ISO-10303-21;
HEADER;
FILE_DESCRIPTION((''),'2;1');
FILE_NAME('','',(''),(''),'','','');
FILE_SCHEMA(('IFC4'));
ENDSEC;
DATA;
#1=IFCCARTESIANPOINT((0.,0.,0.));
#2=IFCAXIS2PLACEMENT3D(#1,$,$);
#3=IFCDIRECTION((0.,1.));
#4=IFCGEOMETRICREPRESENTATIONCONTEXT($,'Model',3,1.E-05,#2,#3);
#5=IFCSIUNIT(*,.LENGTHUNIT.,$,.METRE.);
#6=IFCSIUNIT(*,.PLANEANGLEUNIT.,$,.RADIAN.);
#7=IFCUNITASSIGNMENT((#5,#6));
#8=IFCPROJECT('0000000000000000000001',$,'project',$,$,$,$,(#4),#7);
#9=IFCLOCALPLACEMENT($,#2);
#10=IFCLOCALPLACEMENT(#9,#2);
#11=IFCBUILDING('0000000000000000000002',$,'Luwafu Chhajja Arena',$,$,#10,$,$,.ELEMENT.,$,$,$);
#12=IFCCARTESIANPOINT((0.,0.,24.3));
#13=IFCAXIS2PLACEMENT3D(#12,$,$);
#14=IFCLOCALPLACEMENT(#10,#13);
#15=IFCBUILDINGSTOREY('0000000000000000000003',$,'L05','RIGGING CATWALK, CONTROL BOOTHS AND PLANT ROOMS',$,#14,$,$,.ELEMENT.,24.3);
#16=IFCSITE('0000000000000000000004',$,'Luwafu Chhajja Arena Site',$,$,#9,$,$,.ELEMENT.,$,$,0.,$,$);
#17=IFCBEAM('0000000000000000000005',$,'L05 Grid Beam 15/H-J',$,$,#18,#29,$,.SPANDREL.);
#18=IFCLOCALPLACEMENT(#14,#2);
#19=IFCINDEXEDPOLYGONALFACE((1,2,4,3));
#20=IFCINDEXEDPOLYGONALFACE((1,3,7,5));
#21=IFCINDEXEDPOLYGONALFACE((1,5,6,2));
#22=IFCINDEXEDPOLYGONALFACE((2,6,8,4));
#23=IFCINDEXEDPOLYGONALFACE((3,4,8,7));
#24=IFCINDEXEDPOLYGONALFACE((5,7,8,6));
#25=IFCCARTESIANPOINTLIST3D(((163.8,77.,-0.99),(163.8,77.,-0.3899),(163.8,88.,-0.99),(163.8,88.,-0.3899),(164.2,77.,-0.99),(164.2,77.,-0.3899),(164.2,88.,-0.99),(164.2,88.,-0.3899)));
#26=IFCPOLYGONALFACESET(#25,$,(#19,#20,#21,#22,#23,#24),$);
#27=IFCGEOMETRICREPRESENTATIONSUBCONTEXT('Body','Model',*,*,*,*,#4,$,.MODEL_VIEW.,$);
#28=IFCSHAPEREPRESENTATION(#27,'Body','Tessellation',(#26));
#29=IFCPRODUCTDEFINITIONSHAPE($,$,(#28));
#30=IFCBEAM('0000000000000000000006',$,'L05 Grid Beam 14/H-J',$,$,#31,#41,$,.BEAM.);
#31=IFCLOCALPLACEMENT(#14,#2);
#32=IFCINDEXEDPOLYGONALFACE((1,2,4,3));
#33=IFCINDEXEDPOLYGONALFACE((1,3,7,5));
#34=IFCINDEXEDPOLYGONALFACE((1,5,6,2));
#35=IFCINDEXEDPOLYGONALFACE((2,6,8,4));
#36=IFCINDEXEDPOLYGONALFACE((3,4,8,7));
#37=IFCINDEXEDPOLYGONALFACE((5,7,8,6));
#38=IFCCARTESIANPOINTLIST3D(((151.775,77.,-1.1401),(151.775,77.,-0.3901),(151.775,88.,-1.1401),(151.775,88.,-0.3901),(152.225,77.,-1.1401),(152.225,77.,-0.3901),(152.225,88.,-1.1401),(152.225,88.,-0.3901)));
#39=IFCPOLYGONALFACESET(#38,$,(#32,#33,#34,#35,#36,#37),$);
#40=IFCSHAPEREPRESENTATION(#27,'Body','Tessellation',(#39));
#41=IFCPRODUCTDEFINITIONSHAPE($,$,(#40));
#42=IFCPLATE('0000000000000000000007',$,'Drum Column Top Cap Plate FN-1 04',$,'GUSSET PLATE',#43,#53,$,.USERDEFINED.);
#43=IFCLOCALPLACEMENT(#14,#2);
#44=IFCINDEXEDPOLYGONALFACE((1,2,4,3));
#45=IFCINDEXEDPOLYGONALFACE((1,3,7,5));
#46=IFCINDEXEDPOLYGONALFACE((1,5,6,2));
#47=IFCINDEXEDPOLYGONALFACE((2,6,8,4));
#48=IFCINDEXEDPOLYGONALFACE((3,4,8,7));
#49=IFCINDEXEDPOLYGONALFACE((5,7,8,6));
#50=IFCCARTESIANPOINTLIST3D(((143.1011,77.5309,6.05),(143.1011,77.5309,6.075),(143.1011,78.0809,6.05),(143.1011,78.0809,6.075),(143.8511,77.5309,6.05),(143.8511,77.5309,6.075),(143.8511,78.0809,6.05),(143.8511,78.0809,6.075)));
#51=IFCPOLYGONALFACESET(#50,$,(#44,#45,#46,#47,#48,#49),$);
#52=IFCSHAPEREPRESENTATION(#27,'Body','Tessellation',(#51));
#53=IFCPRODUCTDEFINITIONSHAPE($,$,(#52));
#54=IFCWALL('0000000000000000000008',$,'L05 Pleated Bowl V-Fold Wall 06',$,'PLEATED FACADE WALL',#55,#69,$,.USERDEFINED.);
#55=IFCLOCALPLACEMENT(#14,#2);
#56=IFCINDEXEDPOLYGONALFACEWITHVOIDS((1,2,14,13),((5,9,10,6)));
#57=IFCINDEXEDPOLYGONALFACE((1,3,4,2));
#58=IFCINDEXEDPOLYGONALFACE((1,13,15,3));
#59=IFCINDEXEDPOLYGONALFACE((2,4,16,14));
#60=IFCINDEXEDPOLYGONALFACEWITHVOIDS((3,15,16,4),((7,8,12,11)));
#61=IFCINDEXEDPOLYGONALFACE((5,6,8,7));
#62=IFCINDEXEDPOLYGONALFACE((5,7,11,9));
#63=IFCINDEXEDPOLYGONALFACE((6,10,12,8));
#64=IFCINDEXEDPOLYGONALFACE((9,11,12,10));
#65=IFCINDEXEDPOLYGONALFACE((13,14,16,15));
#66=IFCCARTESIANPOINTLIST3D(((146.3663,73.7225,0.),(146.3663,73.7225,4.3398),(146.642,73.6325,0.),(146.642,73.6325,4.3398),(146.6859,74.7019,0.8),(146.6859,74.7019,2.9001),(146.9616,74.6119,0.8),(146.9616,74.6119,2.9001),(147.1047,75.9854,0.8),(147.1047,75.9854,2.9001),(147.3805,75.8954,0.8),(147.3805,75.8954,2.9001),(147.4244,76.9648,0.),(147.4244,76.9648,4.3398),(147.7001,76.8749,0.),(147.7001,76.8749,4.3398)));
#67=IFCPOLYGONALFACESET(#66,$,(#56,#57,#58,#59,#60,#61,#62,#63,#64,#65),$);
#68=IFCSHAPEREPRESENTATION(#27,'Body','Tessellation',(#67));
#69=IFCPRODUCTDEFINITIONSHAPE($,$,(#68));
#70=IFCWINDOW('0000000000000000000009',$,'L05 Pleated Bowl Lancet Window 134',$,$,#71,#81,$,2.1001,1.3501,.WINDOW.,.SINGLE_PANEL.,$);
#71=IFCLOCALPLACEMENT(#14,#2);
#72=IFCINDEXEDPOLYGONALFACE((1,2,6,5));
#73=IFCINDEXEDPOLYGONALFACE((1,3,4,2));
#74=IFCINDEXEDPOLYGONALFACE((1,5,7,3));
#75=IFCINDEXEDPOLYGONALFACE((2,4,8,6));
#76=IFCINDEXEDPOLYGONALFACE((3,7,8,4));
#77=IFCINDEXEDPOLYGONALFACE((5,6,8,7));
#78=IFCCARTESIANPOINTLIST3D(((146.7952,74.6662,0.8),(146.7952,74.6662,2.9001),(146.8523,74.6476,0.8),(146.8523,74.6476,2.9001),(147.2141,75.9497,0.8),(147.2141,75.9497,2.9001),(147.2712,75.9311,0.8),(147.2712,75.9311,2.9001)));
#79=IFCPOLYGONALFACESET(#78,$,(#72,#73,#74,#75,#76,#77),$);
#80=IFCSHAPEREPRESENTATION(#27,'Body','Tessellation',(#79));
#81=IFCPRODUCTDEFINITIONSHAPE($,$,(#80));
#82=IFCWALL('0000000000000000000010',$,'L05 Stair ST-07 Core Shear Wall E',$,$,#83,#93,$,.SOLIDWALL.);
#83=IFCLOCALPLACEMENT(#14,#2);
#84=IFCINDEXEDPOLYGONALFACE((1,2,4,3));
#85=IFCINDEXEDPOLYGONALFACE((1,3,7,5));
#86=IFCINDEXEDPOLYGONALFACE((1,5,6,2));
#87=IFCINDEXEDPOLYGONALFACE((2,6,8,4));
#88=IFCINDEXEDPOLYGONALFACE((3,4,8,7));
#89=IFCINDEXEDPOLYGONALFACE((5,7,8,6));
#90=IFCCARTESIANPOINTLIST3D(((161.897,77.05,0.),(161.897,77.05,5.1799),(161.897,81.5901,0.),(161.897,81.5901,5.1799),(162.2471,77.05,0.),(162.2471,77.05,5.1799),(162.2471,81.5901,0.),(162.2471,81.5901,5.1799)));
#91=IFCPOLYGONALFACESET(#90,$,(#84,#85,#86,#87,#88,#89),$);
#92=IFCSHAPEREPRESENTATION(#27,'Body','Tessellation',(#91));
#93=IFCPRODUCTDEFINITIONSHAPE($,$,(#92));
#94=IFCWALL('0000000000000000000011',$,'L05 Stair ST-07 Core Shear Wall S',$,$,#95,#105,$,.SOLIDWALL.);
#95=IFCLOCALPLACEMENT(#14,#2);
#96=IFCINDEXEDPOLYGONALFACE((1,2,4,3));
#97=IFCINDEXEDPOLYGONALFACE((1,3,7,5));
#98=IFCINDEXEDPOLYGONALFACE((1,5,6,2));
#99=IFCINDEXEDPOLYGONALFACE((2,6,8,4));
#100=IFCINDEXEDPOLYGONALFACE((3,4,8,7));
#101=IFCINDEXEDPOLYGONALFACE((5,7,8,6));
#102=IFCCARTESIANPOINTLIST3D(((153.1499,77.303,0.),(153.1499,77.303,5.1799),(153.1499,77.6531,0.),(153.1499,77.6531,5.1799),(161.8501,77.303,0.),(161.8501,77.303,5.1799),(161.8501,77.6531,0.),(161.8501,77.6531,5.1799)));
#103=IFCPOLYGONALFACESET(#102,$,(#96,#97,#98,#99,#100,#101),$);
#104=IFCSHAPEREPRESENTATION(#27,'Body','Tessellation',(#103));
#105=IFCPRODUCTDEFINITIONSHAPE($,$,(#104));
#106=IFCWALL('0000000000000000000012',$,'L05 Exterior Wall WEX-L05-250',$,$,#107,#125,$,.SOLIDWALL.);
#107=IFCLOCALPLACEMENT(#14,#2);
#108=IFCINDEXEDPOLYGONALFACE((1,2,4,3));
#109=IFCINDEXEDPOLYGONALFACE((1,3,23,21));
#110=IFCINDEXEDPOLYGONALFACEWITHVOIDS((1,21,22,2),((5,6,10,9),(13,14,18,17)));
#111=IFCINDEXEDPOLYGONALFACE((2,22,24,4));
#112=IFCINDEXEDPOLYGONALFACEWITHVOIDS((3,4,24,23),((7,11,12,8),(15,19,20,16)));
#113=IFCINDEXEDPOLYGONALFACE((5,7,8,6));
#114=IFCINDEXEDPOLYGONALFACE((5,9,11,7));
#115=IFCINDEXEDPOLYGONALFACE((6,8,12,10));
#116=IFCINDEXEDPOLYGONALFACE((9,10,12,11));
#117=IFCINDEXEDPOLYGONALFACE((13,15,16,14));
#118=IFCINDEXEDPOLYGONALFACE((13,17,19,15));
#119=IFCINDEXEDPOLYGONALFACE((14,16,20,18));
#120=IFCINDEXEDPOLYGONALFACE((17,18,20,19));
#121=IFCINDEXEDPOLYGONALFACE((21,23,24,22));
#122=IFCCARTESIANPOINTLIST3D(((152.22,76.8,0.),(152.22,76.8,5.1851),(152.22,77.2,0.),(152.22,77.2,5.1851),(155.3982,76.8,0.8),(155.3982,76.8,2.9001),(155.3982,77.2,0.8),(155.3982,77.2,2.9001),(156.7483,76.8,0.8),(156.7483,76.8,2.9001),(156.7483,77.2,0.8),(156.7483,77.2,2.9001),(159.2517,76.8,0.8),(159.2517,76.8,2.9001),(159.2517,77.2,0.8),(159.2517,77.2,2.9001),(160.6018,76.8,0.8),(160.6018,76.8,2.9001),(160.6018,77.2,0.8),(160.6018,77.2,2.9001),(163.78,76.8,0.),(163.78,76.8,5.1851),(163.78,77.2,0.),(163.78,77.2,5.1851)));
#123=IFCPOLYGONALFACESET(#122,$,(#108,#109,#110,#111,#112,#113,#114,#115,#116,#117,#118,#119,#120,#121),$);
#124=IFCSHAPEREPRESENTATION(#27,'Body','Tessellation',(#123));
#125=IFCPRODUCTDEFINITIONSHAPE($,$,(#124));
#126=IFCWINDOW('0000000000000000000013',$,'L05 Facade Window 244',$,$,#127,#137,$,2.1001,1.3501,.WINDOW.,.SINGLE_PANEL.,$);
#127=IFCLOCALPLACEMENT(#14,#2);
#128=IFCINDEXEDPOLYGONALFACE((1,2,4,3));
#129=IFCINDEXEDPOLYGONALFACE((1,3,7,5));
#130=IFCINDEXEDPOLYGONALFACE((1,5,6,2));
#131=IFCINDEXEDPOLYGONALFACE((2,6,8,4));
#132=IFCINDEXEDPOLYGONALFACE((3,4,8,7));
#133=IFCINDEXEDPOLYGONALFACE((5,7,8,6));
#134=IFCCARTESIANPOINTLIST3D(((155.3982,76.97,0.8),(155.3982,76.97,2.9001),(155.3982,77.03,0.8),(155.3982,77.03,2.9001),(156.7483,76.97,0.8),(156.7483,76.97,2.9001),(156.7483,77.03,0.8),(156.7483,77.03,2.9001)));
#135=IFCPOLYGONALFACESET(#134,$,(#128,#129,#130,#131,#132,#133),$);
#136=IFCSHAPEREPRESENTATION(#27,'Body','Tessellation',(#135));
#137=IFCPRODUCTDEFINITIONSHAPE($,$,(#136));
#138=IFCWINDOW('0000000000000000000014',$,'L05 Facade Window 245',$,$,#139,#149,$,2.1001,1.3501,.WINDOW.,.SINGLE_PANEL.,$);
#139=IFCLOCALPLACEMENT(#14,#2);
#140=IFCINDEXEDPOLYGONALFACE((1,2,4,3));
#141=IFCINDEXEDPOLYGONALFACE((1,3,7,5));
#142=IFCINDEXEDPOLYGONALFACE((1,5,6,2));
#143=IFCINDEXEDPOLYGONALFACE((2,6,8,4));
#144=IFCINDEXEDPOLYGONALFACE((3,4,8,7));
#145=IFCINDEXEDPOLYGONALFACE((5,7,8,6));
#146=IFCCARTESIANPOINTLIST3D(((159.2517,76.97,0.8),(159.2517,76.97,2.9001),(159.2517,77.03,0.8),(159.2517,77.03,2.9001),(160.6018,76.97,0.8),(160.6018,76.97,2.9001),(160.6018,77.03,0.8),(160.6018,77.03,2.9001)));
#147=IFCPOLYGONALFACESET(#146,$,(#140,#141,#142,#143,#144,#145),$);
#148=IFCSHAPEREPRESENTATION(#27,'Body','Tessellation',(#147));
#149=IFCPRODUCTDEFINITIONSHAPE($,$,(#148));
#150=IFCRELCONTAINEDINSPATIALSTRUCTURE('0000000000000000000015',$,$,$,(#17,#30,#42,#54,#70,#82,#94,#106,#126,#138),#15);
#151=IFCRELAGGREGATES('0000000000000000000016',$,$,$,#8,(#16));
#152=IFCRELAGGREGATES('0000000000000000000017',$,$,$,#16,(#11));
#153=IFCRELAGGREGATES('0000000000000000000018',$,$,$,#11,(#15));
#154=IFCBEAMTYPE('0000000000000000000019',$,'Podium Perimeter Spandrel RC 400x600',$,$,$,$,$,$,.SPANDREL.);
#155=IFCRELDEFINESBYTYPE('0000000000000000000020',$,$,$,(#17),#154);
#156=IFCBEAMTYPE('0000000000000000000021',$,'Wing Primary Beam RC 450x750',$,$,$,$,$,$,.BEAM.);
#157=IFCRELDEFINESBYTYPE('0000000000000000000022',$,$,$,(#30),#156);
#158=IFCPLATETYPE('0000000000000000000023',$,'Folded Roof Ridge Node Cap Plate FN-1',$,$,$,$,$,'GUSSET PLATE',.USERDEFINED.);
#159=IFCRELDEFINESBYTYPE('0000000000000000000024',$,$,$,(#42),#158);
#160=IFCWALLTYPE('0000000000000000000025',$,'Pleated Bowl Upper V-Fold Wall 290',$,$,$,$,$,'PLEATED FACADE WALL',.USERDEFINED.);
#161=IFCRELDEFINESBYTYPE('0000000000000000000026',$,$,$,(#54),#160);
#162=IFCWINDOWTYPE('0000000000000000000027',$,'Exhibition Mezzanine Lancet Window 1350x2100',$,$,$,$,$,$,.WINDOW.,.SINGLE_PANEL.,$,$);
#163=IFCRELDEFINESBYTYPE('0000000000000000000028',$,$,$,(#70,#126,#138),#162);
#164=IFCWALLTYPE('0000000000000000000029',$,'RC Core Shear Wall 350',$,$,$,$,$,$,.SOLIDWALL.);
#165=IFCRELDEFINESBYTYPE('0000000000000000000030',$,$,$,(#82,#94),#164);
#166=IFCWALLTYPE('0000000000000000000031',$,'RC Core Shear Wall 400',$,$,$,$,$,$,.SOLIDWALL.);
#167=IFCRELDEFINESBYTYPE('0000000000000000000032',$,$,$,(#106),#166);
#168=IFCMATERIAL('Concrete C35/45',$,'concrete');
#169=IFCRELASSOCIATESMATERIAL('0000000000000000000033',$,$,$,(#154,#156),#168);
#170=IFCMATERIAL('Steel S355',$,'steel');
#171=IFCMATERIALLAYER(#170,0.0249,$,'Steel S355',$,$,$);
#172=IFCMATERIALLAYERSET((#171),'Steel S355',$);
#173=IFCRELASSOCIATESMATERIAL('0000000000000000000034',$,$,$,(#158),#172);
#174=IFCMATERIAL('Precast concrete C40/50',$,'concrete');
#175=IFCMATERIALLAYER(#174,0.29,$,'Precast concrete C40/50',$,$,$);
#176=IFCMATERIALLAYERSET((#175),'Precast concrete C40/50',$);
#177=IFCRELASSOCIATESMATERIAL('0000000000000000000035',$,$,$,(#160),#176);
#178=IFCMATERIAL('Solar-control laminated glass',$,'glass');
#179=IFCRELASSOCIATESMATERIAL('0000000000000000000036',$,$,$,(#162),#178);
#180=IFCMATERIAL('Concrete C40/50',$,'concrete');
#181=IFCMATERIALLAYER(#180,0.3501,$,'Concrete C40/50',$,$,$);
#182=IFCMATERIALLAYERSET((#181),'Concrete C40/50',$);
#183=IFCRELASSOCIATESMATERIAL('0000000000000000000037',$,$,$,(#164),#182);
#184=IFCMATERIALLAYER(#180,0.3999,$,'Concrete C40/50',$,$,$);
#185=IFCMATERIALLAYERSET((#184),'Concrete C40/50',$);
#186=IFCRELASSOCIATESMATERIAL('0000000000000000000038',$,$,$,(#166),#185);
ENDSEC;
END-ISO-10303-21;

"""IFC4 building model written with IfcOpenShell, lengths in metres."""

from ifc_helpers import new_model, si_unit, direction, frame, frame_2d, origin, origin_2d, place, context, subcontext, project, spatial, rectangle, extrude, material, layer, layer_set, material_profile, profile_set, type_object, element, fill, save


model = new_model("IFC4")

# Units and contexts
model_context = context("Model", 3, precision=1e-05, world=origin(), true_north=direction((0.0, 1.0)))
body_context = subcontext(model_context, "Body", "Model", "MODEL_VIEW")
ifc_project = project(units=[si_unit("LENGTHUNIT", "METRE"), si_unit("PLANEANGLEUNIT", "RADIAN")], contexts=[model_context])

# Site, building, storey
site_placement = place(None, origin())
site = spatial("IfcSite", under=ifc_project, at=site_placement, Name="Luwafu Chhajja Arena Site", CompositionType="ELEMENT", RefElevation=0.0)
building_placement = place(site_placement, origin())
building = spatial("IfcBuilding", under=site, at=building_placement, Name="Luwafu Chhajja Arena", CompositionType="ELEMENT")
storey_placement = place(building_placement, frame((0.0, 0.0, 24.3)))
storey = spatial("IfcBuildingStorey", under=building, at=storey_placement, Name="L05", Description="RIGGING CATWALK, CONTROL BOOTHS AND PLANT ROOMS", CompositionType="ELEMENT", Elevation=24.3)

# Shared definitions
ifc_material_1 = material(Name="Concrete C40/50", Category="concrete")
ifc_material_2 = material(Name="Concrete C35/45", Category="concrete")
ifc_material_3 = material(Name="Steel S355", Category="steel")

# Beams
ifc_material_profile_1 = material_profile(ifc_material_2, rectangle(XDim=0.3999, YDim=0.6001, at=origin_2d()), Name="RC 400x600")
ifc_profile_set_1 = profile_set([ifc_material_profile_1], Name="Concrete C35/45")
beam_type_1 = type_object("IfcBeamType", Name="Podium Perimeter Spandrel RC 400x600", PredefinedType="SPANDREL", material=ifc_profile_set_1)
beam_1_placement = place(storey_placement, frame((164.0, 77.0, -0.6899), z_axis=(0.0, 1.0, 0.0), x_axis=(-1.0, 0.0, 0.0)))
element("IfcBeam", 1, at=beam_1_placement, inside=storey, type_object=beam_type_1, Name="L05 Grid Beam 15/H-J", PredefinedType="SPANDREL", context=body_context, shape_type="SweptSolid", body=[
    extrude(rectangle(XDim=0.3999, YDim=0.6001, at=origin_2d()), origin(), (0.0, 0.0, 1.0), 11.0),
])
ifc_material_profile_2 = material_profile(ifc_material_2, rectangle(XDim=0.45, YDim=0.75, at=origin_2d()), Name="RC 450x750")
ifc_profile_set_2 = profile_set([ifc_material_profile_2], Name="Concrete C35/45")
beam_type_2 = type_object("IfcBeamType", Name="Wing Primary Beam RC 450x750", PredefinedType="BEAM", material=ifc_profile_set_2)
beam_2_placement = place(storey_placement, frame((152.0, 77.0, -0.7651), z_axis=(0.0, 1.0, 0.0), x_axis=(-1.0, 0.0, 0.0)))
element("IfcBeam", 2, at=beam_2_placement, inside=storey, type_object=beam_type_2, Name="L05 Grid Beam 14/H-J", PredefinedType="BEAM", context=body_context, shape_type="SweptSolid", body=[
    extrude(rectangle(XDim=0.45, YDim=0.75, at=origin_2d()), origin(), (0.0, 0.0, 1.0), 11.0),
])

# Plate
ifc_layer_1 = layer(ifc_material_3, 0.0249, Name="Steel S355")
ifc_layer_set_1 = layer_set([ifc_layer_1], Name="Steel S355")
plate_type = type_object("IfcPlateType", Name="Folded Roof Ridge Node Cap Plate FN-1", ElementType="GUSSET PLATE", PredefinedType="USERDEFINED", material=ifc_layer_set_1)
plate_placement = place(storey_placement, frame((143.4761, 77.8059, 6.05), z_axis=(0.0, 0.0, 1.0), x_axis=(1.0, 0.0, 0.0)))
element("IfcPlate", 3, at=plate_placement, inside=storey, type_object=plate_type, Name="Drum Column Top Cap Plate FN-1 04", ObjectType="GUSSET PLATE", PredefinedType="USERDEFINED", context=body_context, shape_type="SweptSolid", body=[
    extrude(rectangle(XDim=0.75, YDim=0.55, at=origin_2d()), origin(), (0.0, 0.0, 1.0), 0.0249),
])

# Wall, opening, window
ifc_material_4 = material(Name="Precast concrete C40/50", Category="concrete")
ifc_layer_2 = layer(ifc_material_4, 0.29, Name="Precast concrete C40/50")
ifc_layer_set_2 = layer_set([ifc_layer_2], Name="Precast concrete C40/50")
wall_type_1 = type_object("IfcWallType", Name="Pleated Bowl Upper V-Fold Wall 290", ElementType="PLEATED FACADE WALL", PredefinedType="USERDEFINED", material=ifc_layer_set_2)
wall_1_placement = place(storey_placement, frame((146.5042, 73.6775, 0.0), z_axis=(0.0, 0.0, 1.0), x_axis=(0.31023, 0.950661, 0.0)))
wall_1 = element("IfcWall", 4, at=wall_1_placement, inside=storey, type_object=wall_type_1, Name="L05 Pleated Bowl V-Fold Wall 06", ObjectType="PLEATED FACADE WALL", PredefinedType="USERDEFINED", context=body_context, shape_type="SweptSolid", body=[
    extrude(rectangle(XDim=3.4106, YDim=0.29, at=frame_2d((1.7053, 0.0))), origin(), (0.0, 0.0, 1.0), 4.3398),
])
opening_1_placement = place(wall_1_placement, frame((1.0303, 0.0, 0.8)))
opening_1 = element("IfcOpeningElement", 5, at=opening_1_placement, cuts=wall_1, PredefinedType="OPENING", context=body_context, shape_type="SweptSolid", body=[
    extrude(rectangle(XDim=1.3501, YDim=2.1001, at=frame_2d((0.675, 1.05))), frame((0.0, 0.155, 0.0), z_axis=(0.0, -1.0, 0.0), x_axis=(1.0, 0.0, 0.0)), (0.0, 0.0, 1.0), 0.3101),
])
ifc_material_5 = material(Name="Solar-control laminated glass", Category="glass")
window_type = type_object("IfcWindowType", Name="Exhibition Mezzanine Lancet Window 1350x2100", PartitioningType="SINGLE_PANEL", PredefinedType="WINDOW", material=ifc_material_5)
window_1_placement = place(opening_1_placement, origin())
window_1 = element("IfcWindow", 6, at=window_1_placement, inside=storey, type_object=window_type, Name="L05 Pleated Bowl Lancet Window 134", OverallHeight=2.1001, OverallWidth=1.3501, PartitioningType="SINGLE_PANEL", PredefinedType="WINDOW", context=body_context, shape_type="SweptSolid", body=[
    extrude(rectangle(XDim=1.3501, YDim=2.1001, at=frame_2d((0.675, 1.05))), frame((0.0, 0.03, 0.0), z_axis=(0.0, -1.0, 0.0), x_axis=(1.0, 0.0, 0.0)), (0.0, 0.0, 1.0), 0.0601),
])
fill(opening_1, window_1)

# Walls
ifc_layer_3 = layer(ifc_material_1, 0.3501, Name="Concrete C40/50")
ifc_layer_set_3 = layer_set([ifc_layer_3], Name="Concrete C40/50")
wall_type_2 = type_object("IfcWallType", Name="RC Core Shear Wall 350", PredefinedType="SOLIDWALL", material=ifc_layer_set_3)
wall_2_placement = place(storey_placement, frame((162.072, 77.05, 0.0), z_axis=(0.0, 0.0, 1.0), x_axis=(0.0, 1.0, 0.0)))
element("IfcWall", 7, at=wall_2_placement, inside=storey, type_object=wall_type_2, Name="L05 Stair ST-07 Core Shear Wall E", PredefinedType="SOLIDWALL", context=body_context, shape_type="SweptSolid", body=[
    extrude(rectangle(XDim=4.54, YDim=0.3501, at=frame_2d((2.27, 0.0))), origin(), (0.0, 0.0, 1.0), 5.1799),
])
wall_3_placement = place(storey_placement, frame((153.1499, 77.478, 0.0), z_axis=(0.0, 0.0, 1.0), x_axis=(1.0, 0.0, 0.0)))
element("IfcWall", 8, at=wall_3_placement, inside=storey, type_object=wall_type_2, Name="L05 Stair ST-07 Core Shear Wall S", PredefinedType="SOLIDWALL", context=body_context, shape_type="SweptSolid", body=[
    extrude(rectangle(XDim=8.7002, YDim=0.3501, at=frame_2d((4.3501, 0.0))), origin(), (0.0, 0.0, 1.0), 5.1799),
])

# Wall, openings, windows
ifc_layer_4 = layer(ifc_material_1, 0.3999, Name="Concrete C40/50")
ifc_layer_set_4 = layer_set([ifc_layer_4], Name="Concrete C40/50")
wall_type_3 = type_object("IfcWallType", Name="RC Core Shear Wall 400", PredefinedType="SOLIDWALL", material=ifc_layer_set_4)
wall_4_placement = place(storey_placement, frame((152.22, 77.0, 0.0), z_axis=(0.0, 0.0, 1.0), x_axis=(1.0, 0.0, 0.0)))
wall_4 = element("IfcWall", 9, at=wall_4_placement, inside=storey, type_object=wall_type_3, Name="L05 Exterior Wall WEX-L05-250", PredefinedType="SOLIDWALL", context=body_context, shape_type="SweptSolid", body=[
    extrude(rectangle(XDim=11.5601, YDim=0.3999, at=frame_2d((5.78, 0.0))), origin(), (0.0, 0.0, 1.0), 5.1851),
])
opening_2_placement = place(wall_4_placement, frame((3.1782, 0.0, 0.8)))
opening_2 = element("IfcOpeningElement", 10, at=opening_2_placement, cuts=wall_4, PredefinedType="OPENING", context=body_context, shape_type="SweptSolid", body=[
    extrude(rectangle(XDim=1.3501, YDim=2.1001, at=frame_2d((0.675, 1.05))), frame((0.0, 0.21, 0.0), z_axis=(0.0, -1.0, 0.0), x_axis=(1.0, 0.0, 0.0)), (0.0, 0.0, 1.0), 0.4199),
])
opening_3_placement = place(wall_4_placement, frame((7.0317, 0.0, 0.8)))
opening_3 = element("IfcOpeningElement", 11, at=opening_3_placement, cuts=wall_4, PredefinedType="OPENING", context=body_context, shape_type="SweptSolid", body=[
    extrude(rectangle(XDim=1.3501, YDim=2.1001, at=frame_2d((0.675, 1.05))), frame((0.0, 0.21, 0.0), z_axis=(0.0, -1.0, 0.0), x_axis=(1.0, 0.0, 0.0)), (0.0, 0.0, 1.0), 0.4199),
])
window_2_placement = place(opening_2_placement, origin())
window_2 = element("IfcWindow", 12, at=window_2_placement, inside=storey, type_object=window_type, Name="L05 Facade Window 244", OverallHeight=2.1001, OverallWidth=1.3501, PartitioningType="SINGLE_PANEL", PredefinedType="WINDOW", context=body_context, shape_type="SweptSolid", body=[
    extrude(rectangle(XDim=1.3501, YDim=2.1001, at=frame_2d((0.675, 1.05))), frame((0.0, 0.03, 0.0), z_axis=(0.0, -1.0, 0.0), x_axis=(1.0, 0.0, 0.0)), (0.0, 0.0, 1.0), 0.0601),
])
fill(opening_2, window_2)
window_3_placement = place(opening_3_placement, origin())
window_3 = element("IfcWindow", 13, at=window_3_placement, inside=storey, type_object=window_type, Name="L05 Facade Window 245", OverallHeight=2.1001, OverallWidth=1.3501, PartitioningType="SINGLE_PANEL", PredefinedType="WINDOW", context=body_context, shape_type="SweptSolid", body=[
    extrude(rectangle(XDim=1.3501, YDim=2.1001, at=frame_2d((0.675, 1.05))), frame((0.0, 0.03, 0.0), z_axis=(0.0, -1.0, 0.0), x_axis=(1.0, 0.0, 0.0)), (0.0, 0.0, 1.0), 0.0601),
])
fill(opening_3, window_3)

save(model, "model.ifc")
